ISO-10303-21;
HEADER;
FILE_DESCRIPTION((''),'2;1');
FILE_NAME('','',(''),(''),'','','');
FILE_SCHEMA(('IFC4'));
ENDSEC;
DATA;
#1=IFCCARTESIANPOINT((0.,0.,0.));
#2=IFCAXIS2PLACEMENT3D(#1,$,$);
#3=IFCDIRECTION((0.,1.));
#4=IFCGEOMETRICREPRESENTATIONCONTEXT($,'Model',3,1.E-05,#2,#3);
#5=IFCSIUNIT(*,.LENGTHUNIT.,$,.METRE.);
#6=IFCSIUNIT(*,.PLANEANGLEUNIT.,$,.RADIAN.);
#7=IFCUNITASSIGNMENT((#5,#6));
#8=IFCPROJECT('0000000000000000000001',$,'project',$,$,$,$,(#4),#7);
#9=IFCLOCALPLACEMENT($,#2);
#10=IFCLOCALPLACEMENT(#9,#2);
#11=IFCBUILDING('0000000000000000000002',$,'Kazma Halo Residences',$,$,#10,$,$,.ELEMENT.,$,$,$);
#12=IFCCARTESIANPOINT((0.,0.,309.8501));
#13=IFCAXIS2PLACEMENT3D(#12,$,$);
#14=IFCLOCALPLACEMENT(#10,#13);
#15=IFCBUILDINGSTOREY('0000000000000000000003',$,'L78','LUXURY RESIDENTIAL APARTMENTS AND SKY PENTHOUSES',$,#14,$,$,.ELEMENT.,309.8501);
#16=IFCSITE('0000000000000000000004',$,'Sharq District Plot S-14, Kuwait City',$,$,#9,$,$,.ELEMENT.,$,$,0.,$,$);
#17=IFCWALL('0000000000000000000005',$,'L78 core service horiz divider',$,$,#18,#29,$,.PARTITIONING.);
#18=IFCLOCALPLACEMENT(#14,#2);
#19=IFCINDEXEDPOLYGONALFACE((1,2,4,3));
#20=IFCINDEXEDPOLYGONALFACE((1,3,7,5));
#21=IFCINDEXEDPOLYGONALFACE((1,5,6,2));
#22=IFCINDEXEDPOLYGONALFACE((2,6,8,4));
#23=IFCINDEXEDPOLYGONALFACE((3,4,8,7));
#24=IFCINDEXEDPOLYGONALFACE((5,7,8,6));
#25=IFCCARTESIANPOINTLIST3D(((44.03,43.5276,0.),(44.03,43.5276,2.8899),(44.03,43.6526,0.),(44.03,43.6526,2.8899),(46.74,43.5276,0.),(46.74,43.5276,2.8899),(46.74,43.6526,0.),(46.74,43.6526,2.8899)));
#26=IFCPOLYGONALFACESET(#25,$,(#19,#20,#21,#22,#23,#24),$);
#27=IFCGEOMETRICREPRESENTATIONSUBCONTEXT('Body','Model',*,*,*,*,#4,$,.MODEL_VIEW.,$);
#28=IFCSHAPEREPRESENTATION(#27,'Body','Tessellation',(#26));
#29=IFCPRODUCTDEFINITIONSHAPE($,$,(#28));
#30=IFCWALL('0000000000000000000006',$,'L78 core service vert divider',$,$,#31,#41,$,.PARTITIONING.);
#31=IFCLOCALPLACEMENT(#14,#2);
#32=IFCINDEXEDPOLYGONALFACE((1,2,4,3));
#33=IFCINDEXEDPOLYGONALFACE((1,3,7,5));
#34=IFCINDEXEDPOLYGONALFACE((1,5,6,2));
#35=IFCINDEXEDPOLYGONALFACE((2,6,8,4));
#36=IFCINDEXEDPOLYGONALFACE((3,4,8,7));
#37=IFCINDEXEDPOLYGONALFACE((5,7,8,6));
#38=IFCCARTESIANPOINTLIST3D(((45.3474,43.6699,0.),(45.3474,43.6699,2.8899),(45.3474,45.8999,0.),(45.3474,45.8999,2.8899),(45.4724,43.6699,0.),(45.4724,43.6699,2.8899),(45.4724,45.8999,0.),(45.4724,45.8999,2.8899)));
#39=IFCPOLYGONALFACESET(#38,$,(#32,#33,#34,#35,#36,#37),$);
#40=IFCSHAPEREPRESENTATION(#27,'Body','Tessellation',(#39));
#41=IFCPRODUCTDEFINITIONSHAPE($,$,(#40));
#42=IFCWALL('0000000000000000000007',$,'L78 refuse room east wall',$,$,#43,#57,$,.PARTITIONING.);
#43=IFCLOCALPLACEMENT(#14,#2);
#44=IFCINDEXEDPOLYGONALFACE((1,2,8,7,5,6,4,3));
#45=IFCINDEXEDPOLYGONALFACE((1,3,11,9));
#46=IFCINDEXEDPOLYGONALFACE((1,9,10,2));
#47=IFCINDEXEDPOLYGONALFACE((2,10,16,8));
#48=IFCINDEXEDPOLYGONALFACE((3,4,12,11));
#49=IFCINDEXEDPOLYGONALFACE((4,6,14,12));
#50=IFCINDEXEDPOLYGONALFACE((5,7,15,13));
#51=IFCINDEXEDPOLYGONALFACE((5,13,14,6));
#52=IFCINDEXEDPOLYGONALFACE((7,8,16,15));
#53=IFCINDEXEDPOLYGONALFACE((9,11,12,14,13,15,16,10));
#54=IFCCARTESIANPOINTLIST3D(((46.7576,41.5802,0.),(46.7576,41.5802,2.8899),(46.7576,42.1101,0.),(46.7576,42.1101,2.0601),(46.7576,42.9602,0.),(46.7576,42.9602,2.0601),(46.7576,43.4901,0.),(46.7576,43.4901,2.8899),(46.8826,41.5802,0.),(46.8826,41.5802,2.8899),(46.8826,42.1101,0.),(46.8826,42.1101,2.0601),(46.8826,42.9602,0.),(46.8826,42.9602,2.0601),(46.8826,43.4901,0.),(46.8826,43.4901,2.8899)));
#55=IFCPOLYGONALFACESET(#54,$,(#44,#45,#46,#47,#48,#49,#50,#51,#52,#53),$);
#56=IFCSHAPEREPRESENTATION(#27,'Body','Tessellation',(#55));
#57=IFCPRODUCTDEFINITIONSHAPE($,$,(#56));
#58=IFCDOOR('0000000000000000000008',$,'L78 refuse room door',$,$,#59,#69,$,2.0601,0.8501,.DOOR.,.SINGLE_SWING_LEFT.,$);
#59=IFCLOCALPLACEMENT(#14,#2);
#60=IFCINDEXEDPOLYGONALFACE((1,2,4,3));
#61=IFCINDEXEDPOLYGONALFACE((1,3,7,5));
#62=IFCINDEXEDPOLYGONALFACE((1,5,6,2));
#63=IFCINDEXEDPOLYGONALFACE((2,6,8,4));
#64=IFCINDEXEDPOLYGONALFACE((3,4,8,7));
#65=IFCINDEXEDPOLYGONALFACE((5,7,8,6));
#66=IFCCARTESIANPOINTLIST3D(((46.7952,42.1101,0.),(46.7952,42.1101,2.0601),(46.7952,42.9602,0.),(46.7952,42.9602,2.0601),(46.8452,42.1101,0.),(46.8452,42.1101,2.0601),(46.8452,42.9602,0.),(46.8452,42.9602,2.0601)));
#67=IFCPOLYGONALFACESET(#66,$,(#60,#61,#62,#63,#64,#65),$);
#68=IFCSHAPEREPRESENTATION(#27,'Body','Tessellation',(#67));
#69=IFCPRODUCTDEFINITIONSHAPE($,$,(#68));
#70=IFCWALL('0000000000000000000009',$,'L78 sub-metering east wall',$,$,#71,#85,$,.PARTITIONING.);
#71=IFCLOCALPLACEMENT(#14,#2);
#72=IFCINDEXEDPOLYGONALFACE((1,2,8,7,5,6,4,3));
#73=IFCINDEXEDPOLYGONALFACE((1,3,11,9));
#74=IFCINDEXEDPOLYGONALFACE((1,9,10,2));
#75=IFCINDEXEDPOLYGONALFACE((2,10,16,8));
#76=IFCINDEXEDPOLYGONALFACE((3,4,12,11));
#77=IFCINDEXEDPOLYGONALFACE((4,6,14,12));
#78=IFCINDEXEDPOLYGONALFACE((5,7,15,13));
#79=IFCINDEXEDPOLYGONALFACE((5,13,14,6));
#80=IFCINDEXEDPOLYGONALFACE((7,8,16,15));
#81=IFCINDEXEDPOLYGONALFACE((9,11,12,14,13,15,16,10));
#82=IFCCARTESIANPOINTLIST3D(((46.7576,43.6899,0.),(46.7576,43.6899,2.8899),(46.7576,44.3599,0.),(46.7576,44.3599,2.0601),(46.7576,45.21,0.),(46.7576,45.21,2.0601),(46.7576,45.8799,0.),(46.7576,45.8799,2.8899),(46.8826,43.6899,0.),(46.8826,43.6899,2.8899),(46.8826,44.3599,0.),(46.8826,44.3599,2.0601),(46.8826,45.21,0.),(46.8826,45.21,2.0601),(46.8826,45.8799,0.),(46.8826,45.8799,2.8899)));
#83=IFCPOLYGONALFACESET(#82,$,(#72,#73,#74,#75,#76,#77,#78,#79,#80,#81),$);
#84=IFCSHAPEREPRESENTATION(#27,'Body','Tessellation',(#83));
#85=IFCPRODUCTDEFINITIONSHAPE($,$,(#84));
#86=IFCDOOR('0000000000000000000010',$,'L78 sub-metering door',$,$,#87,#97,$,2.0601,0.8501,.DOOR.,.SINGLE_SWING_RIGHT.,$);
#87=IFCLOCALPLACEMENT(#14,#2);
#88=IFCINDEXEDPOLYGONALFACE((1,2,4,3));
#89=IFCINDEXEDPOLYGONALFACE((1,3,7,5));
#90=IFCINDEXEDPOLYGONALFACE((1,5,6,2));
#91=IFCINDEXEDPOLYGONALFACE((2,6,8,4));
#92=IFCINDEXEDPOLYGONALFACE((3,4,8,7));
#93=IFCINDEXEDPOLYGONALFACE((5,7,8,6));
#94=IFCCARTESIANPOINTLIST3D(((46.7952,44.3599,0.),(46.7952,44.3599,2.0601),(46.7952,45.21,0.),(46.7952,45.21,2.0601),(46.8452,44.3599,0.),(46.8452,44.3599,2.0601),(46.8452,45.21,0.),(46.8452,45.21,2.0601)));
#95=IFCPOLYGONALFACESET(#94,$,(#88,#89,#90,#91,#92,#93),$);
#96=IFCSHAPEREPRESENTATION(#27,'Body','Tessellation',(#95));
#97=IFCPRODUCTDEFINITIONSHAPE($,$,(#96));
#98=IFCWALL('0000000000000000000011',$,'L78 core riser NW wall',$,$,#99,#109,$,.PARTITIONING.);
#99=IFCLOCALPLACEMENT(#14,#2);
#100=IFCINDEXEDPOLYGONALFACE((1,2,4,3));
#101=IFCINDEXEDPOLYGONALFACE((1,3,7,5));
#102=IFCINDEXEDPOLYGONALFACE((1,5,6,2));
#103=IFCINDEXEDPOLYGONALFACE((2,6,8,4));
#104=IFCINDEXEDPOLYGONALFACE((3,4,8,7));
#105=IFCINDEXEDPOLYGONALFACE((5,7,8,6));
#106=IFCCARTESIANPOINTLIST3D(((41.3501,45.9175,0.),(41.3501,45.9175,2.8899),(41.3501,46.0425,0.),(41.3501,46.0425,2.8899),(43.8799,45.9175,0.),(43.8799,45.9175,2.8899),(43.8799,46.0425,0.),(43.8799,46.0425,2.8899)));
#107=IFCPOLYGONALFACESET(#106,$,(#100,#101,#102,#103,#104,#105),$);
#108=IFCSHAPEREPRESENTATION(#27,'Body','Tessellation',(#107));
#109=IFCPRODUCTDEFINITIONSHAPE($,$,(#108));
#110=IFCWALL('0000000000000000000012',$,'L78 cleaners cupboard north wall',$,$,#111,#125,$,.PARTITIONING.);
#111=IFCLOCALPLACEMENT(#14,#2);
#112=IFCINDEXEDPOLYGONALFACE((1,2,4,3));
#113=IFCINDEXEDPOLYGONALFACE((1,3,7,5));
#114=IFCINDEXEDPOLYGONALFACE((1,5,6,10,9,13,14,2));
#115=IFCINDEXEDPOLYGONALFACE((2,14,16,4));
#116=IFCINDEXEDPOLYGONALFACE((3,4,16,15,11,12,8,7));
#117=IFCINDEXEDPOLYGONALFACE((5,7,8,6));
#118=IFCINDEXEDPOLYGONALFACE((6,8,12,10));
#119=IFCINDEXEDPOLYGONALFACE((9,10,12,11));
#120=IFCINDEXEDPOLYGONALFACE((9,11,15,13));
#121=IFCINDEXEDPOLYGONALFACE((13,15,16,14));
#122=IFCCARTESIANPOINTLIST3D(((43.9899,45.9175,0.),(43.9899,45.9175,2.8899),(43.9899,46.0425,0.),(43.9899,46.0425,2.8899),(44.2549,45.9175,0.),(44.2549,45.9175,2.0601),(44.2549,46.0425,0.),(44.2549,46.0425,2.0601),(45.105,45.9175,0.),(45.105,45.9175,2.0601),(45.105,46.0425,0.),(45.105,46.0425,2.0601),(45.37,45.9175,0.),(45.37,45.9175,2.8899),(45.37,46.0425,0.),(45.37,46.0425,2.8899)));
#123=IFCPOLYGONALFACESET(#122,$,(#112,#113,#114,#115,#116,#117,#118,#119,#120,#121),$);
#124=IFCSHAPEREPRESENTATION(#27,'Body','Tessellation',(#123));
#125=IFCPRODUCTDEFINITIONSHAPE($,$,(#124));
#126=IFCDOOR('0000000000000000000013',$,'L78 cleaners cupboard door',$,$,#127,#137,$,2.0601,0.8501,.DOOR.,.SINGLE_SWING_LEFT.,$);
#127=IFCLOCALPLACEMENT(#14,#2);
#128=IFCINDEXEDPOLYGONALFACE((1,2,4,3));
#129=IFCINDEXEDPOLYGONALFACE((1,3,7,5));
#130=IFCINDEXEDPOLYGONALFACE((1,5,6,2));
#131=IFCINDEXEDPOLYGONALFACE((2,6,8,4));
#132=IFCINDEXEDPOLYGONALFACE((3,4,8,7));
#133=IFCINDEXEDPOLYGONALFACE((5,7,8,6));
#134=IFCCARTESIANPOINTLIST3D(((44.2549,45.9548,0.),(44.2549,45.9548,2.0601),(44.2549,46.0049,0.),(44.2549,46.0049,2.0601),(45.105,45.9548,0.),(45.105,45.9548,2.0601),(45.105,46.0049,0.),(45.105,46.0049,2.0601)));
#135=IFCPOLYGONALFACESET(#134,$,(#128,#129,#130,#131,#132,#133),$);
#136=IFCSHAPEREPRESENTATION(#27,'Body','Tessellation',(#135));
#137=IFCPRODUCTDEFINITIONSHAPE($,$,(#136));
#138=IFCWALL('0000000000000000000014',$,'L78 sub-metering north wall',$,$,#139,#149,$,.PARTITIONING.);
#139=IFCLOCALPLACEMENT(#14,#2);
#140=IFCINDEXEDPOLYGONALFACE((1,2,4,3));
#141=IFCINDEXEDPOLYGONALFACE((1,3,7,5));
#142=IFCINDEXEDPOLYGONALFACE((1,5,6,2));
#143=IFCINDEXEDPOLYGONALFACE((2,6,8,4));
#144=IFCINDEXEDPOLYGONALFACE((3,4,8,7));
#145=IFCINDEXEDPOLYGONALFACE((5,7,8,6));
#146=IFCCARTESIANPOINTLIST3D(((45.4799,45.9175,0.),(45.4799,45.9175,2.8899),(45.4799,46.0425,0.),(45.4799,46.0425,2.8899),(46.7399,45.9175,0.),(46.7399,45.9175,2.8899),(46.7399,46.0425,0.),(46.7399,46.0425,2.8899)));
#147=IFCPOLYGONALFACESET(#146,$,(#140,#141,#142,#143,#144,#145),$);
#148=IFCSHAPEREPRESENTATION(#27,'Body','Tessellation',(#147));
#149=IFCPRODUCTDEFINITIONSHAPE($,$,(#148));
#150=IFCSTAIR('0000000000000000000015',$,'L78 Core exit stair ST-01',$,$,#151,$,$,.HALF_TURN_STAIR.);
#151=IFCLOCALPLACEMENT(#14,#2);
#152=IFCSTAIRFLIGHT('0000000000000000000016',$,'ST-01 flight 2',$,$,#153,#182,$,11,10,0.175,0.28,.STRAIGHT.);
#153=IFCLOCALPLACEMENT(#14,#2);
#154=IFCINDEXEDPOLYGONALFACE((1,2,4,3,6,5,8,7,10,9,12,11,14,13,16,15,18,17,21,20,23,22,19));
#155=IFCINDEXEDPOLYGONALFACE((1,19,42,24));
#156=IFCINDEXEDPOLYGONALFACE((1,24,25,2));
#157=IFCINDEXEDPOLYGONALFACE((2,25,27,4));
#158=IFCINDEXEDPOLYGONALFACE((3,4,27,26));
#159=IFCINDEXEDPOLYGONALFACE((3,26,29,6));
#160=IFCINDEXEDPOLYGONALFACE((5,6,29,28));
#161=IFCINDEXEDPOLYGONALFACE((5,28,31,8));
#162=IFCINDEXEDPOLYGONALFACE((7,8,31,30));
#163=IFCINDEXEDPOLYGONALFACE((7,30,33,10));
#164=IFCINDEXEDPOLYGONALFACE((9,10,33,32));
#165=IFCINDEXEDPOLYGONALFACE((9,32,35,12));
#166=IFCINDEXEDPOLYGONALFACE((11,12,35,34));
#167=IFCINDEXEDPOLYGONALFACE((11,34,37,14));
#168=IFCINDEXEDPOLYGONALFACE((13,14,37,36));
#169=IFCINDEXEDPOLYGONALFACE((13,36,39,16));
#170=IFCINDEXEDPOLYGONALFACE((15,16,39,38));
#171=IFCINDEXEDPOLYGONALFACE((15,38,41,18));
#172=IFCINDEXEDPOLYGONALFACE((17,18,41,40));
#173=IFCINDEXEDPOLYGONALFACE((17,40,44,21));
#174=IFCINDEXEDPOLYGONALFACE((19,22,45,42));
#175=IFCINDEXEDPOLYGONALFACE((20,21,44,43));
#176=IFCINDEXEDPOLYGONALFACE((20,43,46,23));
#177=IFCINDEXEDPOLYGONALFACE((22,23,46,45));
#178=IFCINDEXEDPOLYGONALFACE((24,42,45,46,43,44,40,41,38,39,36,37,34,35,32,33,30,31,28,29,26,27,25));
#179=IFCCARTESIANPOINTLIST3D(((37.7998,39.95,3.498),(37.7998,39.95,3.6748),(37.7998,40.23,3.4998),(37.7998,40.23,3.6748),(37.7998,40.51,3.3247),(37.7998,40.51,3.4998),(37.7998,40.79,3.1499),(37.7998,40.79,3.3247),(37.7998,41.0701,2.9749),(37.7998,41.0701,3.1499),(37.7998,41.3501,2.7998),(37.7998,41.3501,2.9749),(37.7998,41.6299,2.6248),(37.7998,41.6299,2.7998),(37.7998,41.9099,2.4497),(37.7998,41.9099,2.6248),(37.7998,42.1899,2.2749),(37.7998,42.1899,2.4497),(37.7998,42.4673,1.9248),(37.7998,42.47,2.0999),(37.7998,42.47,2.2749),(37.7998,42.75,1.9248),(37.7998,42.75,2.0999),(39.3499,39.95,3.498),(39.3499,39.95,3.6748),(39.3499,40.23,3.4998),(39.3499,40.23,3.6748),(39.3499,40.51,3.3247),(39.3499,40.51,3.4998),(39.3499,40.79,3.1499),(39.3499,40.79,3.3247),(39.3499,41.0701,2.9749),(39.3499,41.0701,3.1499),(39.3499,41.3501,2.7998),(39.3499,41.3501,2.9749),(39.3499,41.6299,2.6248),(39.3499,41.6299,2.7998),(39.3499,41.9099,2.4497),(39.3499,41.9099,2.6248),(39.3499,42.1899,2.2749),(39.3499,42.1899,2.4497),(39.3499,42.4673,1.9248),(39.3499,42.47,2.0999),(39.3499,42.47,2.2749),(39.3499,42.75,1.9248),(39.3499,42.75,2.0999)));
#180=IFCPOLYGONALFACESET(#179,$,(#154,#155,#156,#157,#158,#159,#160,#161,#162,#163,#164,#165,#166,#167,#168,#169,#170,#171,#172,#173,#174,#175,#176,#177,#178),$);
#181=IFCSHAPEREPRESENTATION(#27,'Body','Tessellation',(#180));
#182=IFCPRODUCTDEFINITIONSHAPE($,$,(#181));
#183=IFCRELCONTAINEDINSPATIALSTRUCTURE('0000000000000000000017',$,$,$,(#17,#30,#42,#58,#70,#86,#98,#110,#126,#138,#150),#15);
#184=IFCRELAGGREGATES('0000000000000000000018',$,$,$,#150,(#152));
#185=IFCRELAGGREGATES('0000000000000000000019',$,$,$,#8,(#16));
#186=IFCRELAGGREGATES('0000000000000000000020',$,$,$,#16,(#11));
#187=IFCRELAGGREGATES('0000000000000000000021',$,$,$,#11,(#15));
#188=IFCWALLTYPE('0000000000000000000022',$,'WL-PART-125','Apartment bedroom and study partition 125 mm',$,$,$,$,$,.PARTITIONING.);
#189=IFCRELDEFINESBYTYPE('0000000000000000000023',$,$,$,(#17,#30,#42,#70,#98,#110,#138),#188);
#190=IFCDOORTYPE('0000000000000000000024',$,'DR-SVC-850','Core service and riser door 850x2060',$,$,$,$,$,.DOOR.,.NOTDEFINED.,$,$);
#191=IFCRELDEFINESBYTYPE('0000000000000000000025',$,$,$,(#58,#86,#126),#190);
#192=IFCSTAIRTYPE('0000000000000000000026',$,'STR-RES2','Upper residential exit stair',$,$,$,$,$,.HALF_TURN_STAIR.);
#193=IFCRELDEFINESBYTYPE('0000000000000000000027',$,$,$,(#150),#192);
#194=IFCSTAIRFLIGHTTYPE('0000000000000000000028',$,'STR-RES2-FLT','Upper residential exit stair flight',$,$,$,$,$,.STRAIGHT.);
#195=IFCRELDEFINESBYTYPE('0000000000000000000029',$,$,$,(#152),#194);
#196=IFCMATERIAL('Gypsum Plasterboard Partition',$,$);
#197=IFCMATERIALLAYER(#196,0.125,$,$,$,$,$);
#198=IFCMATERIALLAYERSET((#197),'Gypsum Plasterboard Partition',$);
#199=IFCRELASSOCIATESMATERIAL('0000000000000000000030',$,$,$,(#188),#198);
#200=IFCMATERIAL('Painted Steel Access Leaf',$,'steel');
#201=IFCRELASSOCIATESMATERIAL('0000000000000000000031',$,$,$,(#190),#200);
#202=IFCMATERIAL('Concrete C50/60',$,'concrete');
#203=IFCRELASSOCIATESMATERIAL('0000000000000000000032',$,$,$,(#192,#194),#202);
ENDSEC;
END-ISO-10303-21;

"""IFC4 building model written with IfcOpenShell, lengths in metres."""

from ifc_helpers import new_model, si_unit, direction, frame, frame_2d, origin, place, context, subcontext, project, spatial, polyline, rectangle, outline, extrude, material, layer, layer_set, type_object, element, fill, aggregate, save


model = new_model("IFC4")

# Units and contexts
model_context = context("Model", 3, precision=1e-05, world=origin(), true_north=direction((0.0, 1.0)))
body_context = subcontext(model_context, "Body", "Model", "MODEL_VIEW")
ifc_project = project(units=[si_unit("LENGTHUNIT", "METRE"), si_unit("PLANEANGLEUNIT", "RADIAN")], contexts=[model_context])

# Site, building, storey
site_placement = place(None, origin())
site = spatial("IfcSite", under=ifc_project, at=site_placement, Name="Sharq District Plot S-14, Kuwait City", CompositionType="ELEMENT", RefElevation=0.0)
building_placement = place(site_placement, origin())
building = spatial("IfcBuilding", under=site, at=building_placement, Name="Kazma Halo Residences", CompositionType="ELEMENT")
storey_placement = place(building_placement, frame((0.0, 0.0, 309.8501)))
storey = spatial("IfcBuildingStorey", under=building, at=storey_placement, Name="L78", Description="LUXURY RESIDENTIAL APARTMENTS AND SKY PENTHOUSES", CompositionType="ELEMENT", Elevation=309.8501)

# Shared definitions
ifc_material_1 = material(Name="Gypsum Plasterboard Partition")
ifc_layer_1 = layer(ifc_material_1, 0.125)
ifc_layer_set_1 = layer_set([ifc_layer_1], Name="Gypsum Plasterboard Partition")
wall_type_1 = type_object("IfcWallType", Name="WL-PART-125", Description="Apartment bedroom and study partition 125 mm", PredefinedType="PARTITIONING", material=ifc_layer_set_1)

# Shared definitions
ifc_material_2 = material(Name="Painted Steel Access Leaf", Category="steel")
door_type_1 = type_object("IfcDoorType", Name="DR-SVC-850", Description="Core service and riser door 850x2060", OperationType="NOTDEFINED", PredefinedType="DOOR", material=ifc_material_2)

# Walls
wall_1_placement = place(storey_placement, frame((44.03, 43.5901, 0.0), z_axis=(0.0, 0.0, 1.0), x_axis=(1.0, 0.0, 0.0)))
element("IfcWall", 1, at=wall_1_placement, inside=storey, type_object=wall_type_1, Name="L78 core service horiz divider", PredefinedType="PARTITIONING", context=body_context, shape_type="SweptSolid", body=[
    extrude(rectangle(XDim=2.71, YDim=0.125, at=frame_2d((1.355, 0.0))), origin(), (0.0, 0.0, 1.0), 2.8899),
])
wall_2_placement = place(storey_placement, frame((45.4099, 43.6699, 0.0), z_axis=(0.0, 0.0, 1.0), x_axis=(0.0, 1.0, 0.0)))
element("IfcWall", 2, at=wall_2_placement, inside=storey, type_object=wall_type_1, Name="L78 core service vert divider", PredefinedType="PARTITIONING", context=body_context, shape_type="SweptSolid", body=[
    extrude(rectangle(XDim=2.23, YDim=0.125, at=frame_2d((1.115, 0.0))), origin(), (0.0, 0.0, 1.0), 2.8899),
])

# Walls, openings, doors
wall_3_placement = place(storey_placement, frame((46.8201, 41.5801, 0.0), z_axis=(0.0, 0.0, 1.0), x_axis=(0.0, 1.0, 0.0)))
wall_3 = element("IfcWall", 3, at=wall_3_placement, inside=storey, type_object=wall_type_1, Name="L78 refuse room east wall", PredefinedType="PARTITIONING", context=body_context, shape_type="SweptSolid", body=[
    extrude(rectangle(XDim=1.9099, YDim=0.125, at=frame_2d((0.9551, 0.0))), origin(), (0.0, 0.0, 1.0), 2.8899),
])
opening_1_placement = place(wall_3_placement, frame((0.53, 0.0, 0.0)))
opening_1 = element("IfcOpeningElement", 4, at=opening_1_placement, cuts=wall_3, PredefinedType="OPENING", context=body_context, shape_type="SweptSolid", body=[
    extrude(rectangle(XDim=0.8501, YDim=2.0601, at=frame_2d((0.425, 1.03))), frame((0.0, 0.0725, 0.0), z_axis=(0.0, -1.0, 0.0), x_axis=(1.0, 0.0, 0.0)), (0.0, 0.0, 1.0), 0.145),
])
door_1_placement = place(opening_1_placement, origin())
door_1 = element("IfcDoor", 5, at=door_1_placement, inside=storey, type_object=door_type_1, Name="L78 refuse room door", OperationType="SINGLE_SWING_LEFT", OverallHeight=2.0601, OverallWidth=0.8501, PredefinedType="DOOR", context=body_context, shape_type="SweptSolid", body=[
    extrude(rectangle(XDim=0.8501, YDim=2.0601, at=frame_2d((0.425, 1.03))), frame((0.0, 0.0249, 0.0), z_axis=(0.0, -1.0, 0.0), x_axis=(1.0, 0.0, 0.0)), (0.0, 0.0, 1.0), 0.05),
])
fill(opening_1, door_1)
wall_4_placement = place(storey_placement, frame((46.8201, 43.6899, 0.0), z_axis=(0.0, 0.0, 1.0), x_axis=(0.0, 1.0, 0.0)))
wall_4 = element("IfcWall", 6, at=wall_4_placement, inside=storey, type_object=wall_type_1, Name="L78 sub-metering east wall", PredefinedType="PARTITIONING", context=body_context, shape_type="SweptSolid", body=[
    extrude(rectangle(XDim=2.1899, YDim=0.125, at=frame_2d((1.095, 0.0))), origin(), (0.0, 0.0, 1.0), 2.8899),
])
opening_2_placement = place(wall_4_placement, frame((0.6699, 0.0, 0.0)))
opening_2 = element("IfcOpeningElement", 7, at=opening_2_placement, cuts=wall_4, PredefinedType="OPENING", context=body_context, shape_type="SweptSolid", body=[
    extrude(rectangle(XDim=0.8501, YDim=2.0601, at=frame_2d((0.425, 1.03))), frame((0.0, 0.0725, 0.0), z_axis=(0.0, -1.0, 0.0), x_axis=(1.0, 0.0, 0.0)), (0.0, 0.0, 1.0), 0.145),
])
door_2_placement = place(opening_2_placement, origin())
door_2 = element("IfcDoor", 8, at=door_2_placement, inside=storey, type_object=door_type_1, Name="L78 sub-metering door", OperationType="SINGLE_SWING_RIGHT", OverallHeight=2.0601, OverallWidth=0.8501, PredefinedType="DOOR", context=body_context, shape_type="SweptSolid", body=[
    extrude(rectangle(XDim=0.8501, YDim=2.0601, at=frame_2d((0.425, 1.03))), frame((0.0, 0.0249, 0.0), z_axis=(0.0, -1.0, 0.0), x_axis=(1.0, 0.0, 0.0)), (0.0, 0.0, 1.0), 0.05),
])
fill(opening_2, door_2)

# Wall
wall_5_placement = place(storey_placement, frame((41.3501, 45.98, 0.0), z_axis=(0.0, 0.0, 1.0), x_axis=(1.0, 0.0, 0.0)))
element("IfcWall", 9, at=wall_5_placement, inside=storey, type_object=wall_type_1, Name="L78 core riser NW wall", PredefinedType="PARTITIONING", context=body_context, shape_type="SweptSolid", body=[
    extrude(rectangle(XDim=2.5298, YDim=0.125, at=frame_2d((1.2649, 0.0))), origin(), (0.0, 0.0, 1.0), 2.8899),
])

# Wall, opening, door
wall_6_placement = place(storey_placement, frame((43.99, 45.98, 0.0), z_axis=(0.0, 0.0, 1.0), x_axis=(1.0, 0.0, 0.0)))
wall_6 = element("IfcWall", 10, at=wall_6_placement, inside=storey, type_object=wall_type_1, Name="L78 cleaners cupboard north wall", PredefinedType="PARTITIONING", context=body_context, shape_type="SweptSolid", body=[
    extrude(rectangle(XDim=1.3801, YDim=0.125, at=frame_2d((0.6899, 0.0))), origin(), (0.0, 0.0, 1.0), 2.8899),
])
opening_3_placement = place(wall_6_placement, frame((0.2649, 0.0, 0.0)))
opening_3 = element("IfcOpeningElement", 11, at=opening_3_placement, cuts=wall_6, PredefinedType="OPENING", context=body_context, shape_type="SweptSolid", body=[
    extrude(rectangle(XDim=0.8501, YDim=2.0601, at=frame_2d((0.425, 1.03))), frame((0.0, 0.0725, 0.0), z_axis=(0.0, -1.0, 0.0), x_axis=(1.0, 0.0, 0.0)), (0.0, 0.0, 1.0), 0.145),
])
door_3_placement = place(opening_3_placement, origin())
door_3 = element("IfcDoor", 12, at=door_3_placement, inside=storey, type_object=door_type_1, Name="L78 cleaners cupboard door", OperationType="SINGLE_SWING_LEFT", OverallHeight=2.0601, OverallWidth=0.8501, PredefinedType="DOOR", context=body_context, shape_type="SweptSolid", body=[
    extrude(rectangle(XDim=0.8501, YDim=2.0601, at=frame_2d((0.425, 1.03))), frame((0.0, 0.0249, 0.0), z_axis=(0.0, -1.0, 0.0), x_axis=(1.0, 0.0, 0.0)), (0.0, 0.0, 1.0), 0.05),
])
fill(opening_3, door_3)

# Wall
wall_7_placement = place(storey_placement, frame((45.48, 45.98, 0.0), z_axis=(0.0, 0.0, 1.0), x_axis=(1.0, 0.0, 0.0)))
element("IfcWall", 13, at=wall_7_placement, inside=storey, type_object=wall_type_1, Name="L78 sub-metering north wall", PredefinedType="PARTITIONING", context=body_context, shape_type="SweptSolid", body=[
    extrude(rectangle(XDim=1.26, YDim=0.125, at=frame_2d((0.6299, 0.0))), origin(), (0.0, 0.0, 1.0), 2.8899),
])

# Stair, stair flight
ifc_material_3 = material(Name="Concrete C50/60", Category="concrete")
stair_type = type_object("IfcStairType", Name="STR-RES2", Description="Upper residential exit stair", PredefinedType="HALF_TURN_STAIR", material=ifc_material_3)
stair_placement = place(storey_placement, origin())
stair = element("IfcStair", 14, at=stair_placement, inside=storey, type_object=stair_type, Name="L78 Core exit stair ST-01", PredefinedType="HALF_TURN_STAIR")
stair_flight_type = type_object("IfcStairFlightType", Name="STR-RES2-FLT", Description="Upper residential exit stair flight", PredefinedType="STRAIGHT", material=ifc_material_3)
stair_flight_placement = place(storey_placement, frame((38.575, 42.75, 1.9248), z_axis=(0.0, 0.0, 1.0), x_axis=(0.0, -1.0, 0.0)))
stair_flight = element("IfcStairFlight", 15, at=stair_flight_placement, type_object=stair_flight_type, Name="ST-01 flight 2", NumberOfRisers=11, NumberOfTreads=10, PredefinedType="STRAIGHT", RiserHeight=0.175, TreadLength=0.28, context=body_context, shape_type="SweptSolid", body=[
    extrude(outline(polyline([(0.0, 0.0), (0.0, 0.175), (0.28, 0.175), (0.28, 0.3501), (0.5601, 0.3501), (0.5601, 0.5249), (0.8401, 0.5249), (0.8401, 0.7), (1.1201, 0.7), (1.1201, 0.875), (1.3999, 0.875), (1.3999, 1.05), (1.6799, 1.05), (1.6799, 1.2251), (1.96, 1.2251), (1.96, 1.3999), (2.24, 1.3999), (2.24, 1.575), (2.52, 1.575), (2.52, 1.75), (2.8, 1.75), (2.8, 1.925), (2.8, 1.5732), (0.2827, 0.0), (0.0, 0.0)])), frame((0.0, 0.7749, 0.0), z_axis=(0.0, -1.0, 0.0), x_axis=(1.0, 0.0, 0.0)), (0.0, 0.0, 1.0), 1.55),
])
aggregate(stair, [stair_flight])

save(model, "model.ifc")
